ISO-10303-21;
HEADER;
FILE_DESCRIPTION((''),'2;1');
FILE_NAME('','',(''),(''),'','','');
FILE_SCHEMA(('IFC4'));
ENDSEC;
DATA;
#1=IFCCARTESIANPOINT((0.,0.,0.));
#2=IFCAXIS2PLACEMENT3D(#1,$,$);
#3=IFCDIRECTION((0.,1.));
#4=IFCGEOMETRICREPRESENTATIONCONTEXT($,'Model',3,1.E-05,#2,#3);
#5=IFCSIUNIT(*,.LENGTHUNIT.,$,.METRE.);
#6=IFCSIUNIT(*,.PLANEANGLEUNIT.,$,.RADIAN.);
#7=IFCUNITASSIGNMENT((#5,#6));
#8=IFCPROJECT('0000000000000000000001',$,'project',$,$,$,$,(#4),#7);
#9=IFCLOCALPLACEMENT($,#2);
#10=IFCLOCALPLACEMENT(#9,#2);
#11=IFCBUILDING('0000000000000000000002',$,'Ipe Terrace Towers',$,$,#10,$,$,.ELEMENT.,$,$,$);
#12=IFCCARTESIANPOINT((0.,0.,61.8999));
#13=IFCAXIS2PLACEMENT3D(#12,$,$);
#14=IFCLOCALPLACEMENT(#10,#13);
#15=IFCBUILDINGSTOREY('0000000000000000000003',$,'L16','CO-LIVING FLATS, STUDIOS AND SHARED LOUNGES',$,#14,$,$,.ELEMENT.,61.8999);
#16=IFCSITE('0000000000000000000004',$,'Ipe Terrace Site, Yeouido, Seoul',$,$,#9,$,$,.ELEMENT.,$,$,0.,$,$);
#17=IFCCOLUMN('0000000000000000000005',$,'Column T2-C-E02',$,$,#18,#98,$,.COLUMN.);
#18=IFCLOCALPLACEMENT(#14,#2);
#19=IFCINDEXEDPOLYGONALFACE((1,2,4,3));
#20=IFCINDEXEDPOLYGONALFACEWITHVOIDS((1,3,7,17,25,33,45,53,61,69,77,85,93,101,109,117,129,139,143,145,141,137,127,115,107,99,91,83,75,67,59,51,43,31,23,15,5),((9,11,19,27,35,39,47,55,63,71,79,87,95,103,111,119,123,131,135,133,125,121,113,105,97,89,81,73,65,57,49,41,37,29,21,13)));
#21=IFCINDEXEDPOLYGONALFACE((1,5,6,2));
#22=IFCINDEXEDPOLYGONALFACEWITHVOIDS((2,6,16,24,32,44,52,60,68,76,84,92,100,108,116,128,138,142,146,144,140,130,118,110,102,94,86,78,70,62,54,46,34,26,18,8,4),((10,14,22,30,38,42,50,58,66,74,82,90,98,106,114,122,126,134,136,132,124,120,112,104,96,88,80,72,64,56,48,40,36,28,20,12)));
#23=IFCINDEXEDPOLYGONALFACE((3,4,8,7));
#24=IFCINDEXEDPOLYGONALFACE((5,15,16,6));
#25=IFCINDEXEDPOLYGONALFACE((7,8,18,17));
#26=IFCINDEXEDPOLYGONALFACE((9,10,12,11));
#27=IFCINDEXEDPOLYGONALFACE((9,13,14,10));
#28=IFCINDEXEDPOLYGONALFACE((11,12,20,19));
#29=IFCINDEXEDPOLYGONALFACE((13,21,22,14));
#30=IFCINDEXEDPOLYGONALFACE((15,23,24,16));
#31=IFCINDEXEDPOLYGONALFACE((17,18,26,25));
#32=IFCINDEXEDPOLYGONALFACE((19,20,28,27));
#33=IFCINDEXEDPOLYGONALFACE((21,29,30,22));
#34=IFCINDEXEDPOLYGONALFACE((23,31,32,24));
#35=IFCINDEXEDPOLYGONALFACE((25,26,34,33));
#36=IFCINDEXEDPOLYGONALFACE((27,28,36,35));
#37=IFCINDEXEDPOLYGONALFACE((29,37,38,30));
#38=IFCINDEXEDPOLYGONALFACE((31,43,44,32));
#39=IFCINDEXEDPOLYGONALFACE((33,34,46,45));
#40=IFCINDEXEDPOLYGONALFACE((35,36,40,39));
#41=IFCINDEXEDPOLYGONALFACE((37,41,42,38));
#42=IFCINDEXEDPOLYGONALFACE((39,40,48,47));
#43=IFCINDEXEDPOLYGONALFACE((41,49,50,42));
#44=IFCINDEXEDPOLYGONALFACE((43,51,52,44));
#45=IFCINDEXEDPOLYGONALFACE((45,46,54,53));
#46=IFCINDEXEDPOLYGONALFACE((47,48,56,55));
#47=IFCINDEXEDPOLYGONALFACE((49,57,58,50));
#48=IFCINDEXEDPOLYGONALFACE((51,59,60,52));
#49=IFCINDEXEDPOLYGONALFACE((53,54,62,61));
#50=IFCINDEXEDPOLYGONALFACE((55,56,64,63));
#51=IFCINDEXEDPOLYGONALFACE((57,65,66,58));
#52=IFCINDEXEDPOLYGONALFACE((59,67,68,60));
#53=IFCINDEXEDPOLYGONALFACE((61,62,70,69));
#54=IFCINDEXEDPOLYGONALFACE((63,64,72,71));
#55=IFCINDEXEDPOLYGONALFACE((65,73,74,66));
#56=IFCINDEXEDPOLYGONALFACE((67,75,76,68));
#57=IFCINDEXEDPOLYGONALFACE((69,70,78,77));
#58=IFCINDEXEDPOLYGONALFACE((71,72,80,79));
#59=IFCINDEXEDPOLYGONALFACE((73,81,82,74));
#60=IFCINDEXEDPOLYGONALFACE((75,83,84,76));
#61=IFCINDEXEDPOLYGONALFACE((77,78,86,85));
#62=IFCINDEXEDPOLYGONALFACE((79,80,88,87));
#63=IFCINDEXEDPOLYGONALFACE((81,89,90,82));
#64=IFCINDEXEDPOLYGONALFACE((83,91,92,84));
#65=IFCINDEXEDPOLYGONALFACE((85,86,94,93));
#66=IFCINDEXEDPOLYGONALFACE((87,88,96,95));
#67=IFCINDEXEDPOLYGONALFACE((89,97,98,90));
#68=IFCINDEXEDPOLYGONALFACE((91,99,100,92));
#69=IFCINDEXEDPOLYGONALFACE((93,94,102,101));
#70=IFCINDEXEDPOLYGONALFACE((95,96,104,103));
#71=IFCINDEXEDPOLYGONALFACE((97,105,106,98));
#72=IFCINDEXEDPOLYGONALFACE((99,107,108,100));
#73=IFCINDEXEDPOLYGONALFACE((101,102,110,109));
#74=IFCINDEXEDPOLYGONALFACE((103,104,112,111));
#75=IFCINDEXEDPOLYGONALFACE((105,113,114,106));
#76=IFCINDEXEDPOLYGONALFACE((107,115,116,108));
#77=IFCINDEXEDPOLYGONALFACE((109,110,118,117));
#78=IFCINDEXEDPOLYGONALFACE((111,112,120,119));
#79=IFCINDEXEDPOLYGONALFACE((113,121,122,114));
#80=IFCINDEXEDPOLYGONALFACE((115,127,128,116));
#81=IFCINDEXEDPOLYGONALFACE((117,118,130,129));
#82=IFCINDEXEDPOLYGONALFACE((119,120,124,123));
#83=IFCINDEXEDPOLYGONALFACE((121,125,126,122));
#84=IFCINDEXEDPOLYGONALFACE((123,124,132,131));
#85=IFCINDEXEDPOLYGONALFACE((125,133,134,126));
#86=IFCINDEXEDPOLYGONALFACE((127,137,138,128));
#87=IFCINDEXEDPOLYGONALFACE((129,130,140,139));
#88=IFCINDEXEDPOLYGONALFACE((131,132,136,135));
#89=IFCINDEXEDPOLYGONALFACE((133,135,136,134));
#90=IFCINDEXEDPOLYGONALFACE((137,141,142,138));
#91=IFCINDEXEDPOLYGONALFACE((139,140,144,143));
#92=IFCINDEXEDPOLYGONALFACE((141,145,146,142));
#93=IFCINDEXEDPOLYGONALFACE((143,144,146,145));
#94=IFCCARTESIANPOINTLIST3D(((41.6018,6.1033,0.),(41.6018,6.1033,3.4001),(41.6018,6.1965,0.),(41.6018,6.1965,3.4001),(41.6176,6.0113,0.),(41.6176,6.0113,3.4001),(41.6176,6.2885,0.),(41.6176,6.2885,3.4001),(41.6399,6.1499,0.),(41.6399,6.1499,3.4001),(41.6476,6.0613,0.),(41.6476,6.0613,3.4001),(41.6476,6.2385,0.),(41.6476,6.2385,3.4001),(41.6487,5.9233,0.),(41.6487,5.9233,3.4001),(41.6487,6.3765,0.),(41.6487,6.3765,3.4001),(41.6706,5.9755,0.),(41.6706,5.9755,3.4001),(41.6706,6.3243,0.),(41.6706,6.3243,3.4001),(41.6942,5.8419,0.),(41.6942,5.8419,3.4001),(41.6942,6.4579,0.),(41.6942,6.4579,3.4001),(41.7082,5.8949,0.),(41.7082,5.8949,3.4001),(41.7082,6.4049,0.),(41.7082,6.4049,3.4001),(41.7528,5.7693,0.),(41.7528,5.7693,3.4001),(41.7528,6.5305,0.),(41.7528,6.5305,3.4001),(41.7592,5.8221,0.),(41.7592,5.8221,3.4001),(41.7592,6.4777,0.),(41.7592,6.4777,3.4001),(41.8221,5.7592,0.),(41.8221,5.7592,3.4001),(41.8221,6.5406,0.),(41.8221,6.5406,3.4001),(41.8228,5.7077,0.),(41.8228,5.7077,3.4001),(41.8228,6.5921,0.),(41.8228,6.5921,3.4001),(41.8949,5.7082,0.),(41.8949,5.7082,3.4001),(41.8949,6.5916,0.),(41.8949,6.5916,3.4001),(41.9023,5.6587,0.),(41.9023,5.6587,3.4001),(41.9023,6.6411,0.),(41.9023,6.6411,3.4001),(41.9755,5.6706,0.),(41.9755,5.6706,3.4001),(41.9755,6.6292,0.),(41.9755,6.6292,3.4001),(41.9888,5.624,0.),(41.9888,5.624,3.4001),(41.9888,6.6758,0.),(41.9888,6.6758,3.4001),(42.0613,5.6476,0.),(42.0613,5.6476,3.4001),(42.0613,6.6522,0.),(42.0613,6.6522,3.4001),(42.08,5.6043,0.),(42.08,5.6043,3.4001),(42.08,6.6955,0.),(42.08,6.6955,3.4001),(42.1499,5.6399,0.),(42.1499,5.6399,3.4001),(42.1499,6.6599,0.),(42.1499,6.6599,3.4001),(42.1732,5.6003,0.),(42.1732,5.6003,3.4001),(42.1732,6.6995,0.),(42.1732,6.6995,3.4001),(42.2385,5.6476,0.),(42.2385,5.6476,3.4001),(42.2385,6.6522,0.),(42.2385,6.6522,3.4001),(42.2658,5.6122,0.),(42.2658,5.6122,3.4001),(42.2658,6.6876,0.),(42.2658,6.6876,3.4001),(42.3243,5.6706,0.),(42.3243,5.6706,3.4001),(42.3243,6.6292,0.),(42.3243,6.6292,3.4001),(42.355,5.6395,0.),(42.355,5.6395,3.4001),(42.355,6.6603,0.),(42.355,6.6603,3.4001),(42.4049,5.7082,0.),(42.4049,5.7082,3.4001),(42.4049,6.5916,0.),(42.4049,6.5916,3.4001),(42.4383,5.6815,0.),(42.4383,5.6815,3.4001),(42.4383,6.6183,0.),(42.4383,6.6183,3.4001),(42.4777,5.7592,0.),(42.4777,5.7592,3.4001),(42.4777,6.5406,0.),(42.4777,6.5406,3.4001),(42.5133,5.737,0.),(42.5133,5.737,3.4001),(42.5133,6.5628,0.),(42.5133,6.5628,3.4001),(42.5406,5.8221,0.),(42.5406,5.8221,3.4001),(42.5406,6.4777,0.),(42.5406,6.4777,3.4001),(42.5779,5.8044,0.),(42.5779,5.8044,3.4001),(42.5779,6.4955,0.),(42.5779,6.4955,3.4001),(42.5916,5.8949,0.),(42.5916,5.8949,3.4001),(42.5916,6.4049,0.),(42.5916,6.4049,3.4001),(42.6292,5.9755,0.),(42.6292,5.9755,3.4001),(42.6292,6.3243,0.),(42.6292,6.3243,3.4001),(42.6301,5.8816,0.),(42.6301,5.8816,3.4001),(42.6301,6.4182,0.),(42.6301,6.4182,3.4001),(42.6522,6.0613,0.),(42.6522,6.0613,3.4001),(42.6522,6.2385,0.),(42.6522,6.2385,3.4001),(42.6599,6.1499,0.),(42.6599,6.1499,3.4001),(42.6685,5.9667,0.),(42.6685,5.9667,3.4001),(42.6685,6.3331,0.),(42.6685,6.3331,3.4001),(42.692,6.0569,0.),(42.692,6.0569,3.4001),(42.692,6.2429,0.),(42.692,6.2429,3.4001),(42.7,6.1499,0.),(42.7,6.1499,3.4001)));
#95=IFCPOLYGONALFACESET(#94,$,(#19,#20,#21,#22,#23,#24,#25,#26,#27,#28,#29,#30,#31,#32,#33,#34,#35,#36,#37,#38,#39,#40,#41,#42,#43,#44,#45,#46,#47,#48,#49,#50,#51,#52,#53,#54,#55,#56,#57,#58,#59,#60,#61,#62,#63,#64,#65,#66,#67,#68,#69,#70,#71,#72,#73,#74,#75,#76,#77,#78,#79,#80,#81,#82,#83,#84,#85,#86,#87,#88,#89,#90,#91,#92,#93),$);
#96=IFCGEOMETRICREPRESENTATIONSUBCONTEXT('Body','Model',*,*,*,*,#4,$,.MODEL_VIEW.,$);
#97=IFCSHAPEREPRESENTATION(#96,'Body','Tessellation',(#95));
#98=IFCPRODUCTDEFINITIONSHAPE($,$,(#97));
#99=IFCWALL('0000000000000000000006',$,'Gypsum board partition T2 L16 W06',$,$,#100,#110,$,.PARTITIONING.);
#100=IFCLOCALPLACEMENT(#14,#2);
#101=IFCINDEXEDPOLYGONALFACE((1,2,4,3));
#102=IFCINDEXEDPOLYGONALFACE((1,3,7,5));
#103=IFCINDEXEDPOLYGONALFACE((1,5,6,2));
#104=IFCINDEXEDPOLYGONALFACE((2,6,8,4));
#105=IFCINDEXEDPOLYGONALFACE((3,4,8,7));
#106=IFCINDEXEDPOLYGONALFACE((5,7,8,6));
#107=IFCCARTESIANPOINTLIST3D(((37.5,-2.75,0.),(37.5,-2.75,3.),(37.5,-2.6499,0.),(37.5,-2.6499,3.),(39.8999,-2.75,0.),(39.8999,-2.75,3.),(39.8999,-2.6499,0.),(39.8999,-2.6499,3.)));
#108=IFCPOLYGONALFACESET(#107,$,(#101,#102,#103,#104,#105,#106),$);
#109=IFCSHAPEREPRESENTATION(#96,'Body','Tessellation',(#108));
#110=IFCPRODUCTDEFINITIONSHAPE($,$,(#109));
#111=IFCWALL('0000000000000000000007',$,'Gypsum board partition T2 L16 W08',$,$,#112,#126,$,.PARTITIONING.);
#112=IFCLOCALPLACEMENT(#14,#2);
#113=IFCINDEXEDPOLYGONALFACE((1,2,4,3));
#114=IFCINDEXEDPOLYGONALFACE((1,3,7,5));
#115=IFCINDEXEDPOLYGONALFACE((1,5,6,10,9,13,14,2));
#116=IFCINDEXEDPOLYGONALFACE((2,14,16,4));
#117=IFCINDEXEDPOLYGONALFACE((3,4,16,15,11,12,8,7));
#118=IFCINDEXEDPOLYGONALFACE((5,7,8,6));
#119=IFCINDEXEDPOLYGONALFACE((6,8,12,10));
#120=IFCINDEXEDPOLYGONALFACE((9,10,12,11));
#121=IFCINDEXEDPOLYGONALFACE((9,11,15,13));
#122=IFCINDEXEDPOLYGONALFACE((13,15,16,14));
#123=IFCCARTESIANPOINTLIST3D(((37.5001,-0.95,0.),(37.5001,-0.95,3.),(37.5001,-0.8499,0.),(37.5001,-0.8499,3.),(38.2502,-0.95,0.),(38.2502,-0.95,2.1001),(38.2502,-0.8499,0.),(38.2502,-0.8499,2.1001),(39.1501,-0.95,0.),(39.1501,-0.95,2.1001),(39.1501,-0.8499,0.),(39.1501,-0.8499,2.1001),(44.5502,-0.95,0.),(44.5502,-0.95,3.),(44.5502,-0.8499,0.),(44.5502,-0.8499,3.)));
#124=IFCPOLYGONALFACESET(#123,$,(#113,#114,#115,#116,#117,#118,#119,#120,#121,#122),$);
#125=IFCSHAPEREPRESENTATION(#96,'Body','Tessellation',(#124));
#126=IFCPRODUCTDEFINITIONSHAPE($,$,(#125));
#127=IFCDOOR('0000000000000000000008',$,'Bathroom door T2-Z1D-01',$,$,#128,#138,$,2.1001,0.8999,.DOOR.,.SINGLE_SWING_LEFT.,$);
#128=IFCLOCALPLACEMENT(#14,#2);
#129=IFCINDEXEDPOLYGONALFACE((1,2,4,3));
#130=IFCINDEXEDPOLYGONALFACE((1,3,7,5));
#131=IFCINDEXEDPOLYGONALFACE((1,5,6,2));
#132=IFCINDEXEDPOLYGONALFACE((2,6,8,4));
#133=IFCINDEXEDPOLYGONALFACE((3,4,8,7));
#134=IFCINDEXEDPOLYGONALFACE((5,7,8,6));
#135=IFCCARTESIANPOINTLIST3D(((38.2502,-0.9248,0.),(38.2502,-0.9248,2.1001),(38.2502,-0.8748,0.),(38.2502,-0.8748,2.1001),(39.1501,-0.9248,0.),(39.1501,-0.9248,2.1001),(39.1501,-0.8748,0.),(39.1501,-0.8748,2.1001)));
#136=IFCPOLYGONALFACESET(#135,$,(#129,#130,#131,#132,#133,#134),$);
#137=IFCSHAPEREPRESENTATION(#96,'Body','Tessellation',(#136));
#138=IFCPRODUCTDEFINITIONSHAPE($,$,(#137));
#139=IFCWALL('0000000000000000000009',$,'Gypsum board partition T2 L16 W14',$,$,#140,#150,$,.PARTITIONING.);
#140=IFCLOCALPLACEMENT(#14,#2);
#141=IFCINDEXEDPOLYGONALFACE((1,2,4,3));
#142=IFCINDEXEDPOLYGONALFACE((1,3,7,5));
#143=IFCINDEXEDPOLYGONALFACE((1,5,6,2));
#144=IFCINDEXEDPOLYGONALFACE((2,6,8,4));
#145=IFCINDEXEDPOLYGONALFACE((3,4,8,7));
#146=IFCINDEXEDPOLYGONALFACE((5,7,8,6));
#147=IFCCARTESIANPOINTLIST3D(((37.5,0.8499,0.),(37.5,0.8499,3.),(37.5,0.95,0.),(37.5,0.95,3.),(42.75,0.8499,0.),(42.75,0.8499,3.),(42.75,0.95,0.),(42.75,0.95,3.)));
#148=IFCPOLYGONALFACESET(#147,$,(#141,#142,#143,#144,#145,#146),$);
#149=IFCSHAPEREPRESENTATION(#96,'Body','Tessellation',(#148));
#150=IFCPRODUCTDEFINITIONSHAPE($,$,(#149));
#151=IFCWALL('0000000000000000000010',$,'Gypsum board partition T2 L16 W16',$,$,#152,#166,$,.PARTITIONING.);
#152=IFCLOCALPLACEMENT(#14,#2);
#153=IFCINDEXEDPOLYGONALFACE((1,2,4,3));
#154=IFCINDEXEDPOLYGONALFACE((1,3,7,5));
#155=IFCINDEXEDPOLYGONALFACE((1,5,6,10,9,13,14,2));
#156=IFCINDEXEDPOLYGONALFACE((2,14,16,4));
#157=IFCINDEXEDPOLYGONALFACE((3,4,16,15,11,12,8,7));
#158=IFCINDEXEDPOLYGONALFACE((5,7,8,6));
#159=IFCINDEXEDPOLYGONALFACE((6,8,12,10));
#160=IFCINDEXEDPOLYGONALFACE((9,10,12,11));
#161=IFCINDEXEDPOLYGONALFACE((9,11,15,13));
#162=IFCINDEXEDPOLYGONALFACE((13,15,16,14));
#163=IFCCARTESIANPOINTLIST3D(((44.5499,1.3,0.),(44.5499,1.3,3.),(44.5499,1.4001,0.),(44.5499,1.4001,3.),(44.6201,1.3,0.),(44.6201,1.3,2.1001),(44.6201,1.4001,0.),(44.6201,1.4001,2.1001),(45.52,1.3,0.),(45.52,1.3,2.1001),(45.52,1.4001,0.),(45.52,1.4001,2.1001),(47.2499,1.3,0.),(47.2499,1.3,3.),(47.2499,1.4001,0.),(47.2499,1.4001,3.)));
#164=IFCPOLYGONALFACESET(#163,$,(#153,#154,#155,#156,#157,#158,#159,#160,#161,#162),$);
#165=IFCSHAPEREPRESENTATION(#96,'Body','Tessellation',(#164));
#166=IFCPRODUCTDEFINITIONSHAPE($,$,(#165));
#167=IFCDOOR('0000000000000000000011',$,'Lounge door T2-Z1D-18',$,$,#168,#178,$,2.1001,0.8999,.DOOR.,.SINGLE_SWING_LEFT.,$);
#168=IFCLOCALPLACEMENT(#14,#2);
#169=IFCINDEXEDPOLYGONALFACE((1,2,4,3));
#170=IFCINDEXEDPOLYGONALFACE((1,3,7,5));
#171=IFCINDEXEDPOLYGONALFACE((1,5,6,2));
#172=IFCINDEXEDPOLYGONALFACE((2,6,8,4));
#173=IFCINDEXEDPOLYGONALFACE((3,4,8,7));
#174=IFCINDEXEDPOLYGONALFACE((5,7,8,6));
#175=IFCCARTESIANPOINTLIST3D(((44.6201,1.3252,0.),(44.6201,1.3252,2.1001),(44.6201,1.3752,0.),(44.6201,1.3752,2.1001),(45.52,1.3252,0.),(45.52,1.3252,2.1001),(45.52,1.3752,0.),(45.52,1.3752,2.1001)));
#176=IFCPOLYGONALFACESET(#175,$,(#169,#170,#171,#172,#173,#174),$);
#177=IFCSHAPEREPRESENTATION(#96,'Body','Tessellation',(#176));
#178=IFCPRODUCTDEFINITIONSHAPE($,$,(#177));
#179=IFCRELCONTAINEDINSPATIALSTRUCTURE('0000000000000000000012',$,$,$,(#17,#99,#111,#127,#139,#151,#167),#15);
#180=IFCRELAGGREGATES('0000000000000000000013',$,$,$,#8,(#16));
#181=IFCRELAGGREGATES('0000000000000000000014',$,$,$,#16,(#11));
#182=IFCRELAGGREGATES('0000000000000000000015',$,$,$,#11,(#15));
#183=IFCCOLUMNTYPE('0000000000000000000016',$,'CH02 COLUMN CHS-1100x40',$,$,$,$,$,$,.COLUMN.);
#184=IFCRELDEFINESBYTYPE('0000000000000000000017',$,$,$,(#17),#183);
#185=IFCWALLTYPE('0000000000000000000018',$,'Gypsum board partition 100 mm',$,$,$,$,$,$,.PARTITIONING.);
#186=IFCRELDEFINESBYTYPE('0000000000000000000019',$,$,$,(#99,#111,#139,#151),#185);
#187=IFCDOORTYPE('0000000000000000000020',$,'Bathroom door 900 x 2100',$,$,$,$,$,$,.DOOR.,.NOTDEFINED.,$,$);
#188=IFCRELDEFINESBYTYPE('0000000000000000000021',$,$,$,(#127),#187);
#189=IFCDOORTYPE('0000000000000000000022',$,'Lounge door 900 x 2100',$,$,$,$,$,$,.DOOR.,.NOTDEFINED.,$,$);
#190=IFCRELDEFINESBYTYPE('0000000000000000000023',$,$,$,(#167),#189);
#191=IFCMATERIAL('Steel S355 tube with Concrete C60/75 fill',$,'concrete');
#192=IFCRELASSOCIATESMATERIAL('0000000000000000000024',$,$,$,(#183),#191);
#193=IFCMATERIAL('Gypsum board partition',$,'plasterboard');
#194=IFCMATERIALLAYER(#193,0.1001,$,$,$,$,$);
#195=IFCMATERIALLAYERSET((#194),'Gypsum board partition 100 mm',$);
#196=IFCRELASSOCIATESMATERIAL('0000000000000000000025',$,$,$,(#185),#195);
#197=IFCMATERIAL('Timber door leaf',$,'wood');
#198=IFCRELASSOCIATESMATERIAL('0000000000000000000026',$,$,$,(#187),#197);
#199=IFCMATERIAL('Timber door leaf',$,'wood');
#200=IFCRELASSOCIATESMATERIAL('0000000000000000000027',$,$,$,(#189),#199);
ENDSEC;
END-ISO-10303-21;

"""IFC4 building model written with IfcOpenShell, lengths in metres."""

from ifc_helpers import new_model, si_unit, direction, frame, frame_2d, origin, origin_2d, place, context, subcontext, project, spatial, rectangle, hollow_circle, extrude, material, layer, layer_set, material_profile, profile_set, type_object, element, fill, save


model = new_model("IFC4")

# Units and contexts
model_context = context("Model", 3, precision=1e-05, world=origin(), true_north=direction((0.0, 1.0)))
body_context = subcontext(model_context, "Body", "Model", "MODEL_VIEW")
ifc_project = project(units=[si_unit("LENGTHUNIT", "METRE"), si_unit("PLANEANGLEUNIT", "RADIAN")], contexts=[model_context])

# Site, building, storey
site_placement = place(None, origin())
site = spatial("IfcSite", under=ifc_project, at=site_placement, Name="Ipe Terrace Site, Yeouido, Seoul", CompositionType="ELEMENT", RefElevation=0.0)
building_placement = place(site_placement, origin())
building = spatial("IfcBuilding", under=site, at=building_placement, Name="Ipe Terrace Towers", CompositionType="ELEMENT")
storey_placement = place(building_placement, frame((0.0, 0.0, 61.8999)))
storey = spatial("IfcBuildingStorey", under=building, at=storey_placement, Name="L16", Description="CO-LIVING FLATS, STUDIOS AND SHARED LOUNGES", CompositionType="ELEMENT", Elevation=61.8999)

# Column
ifc_material_1 = material(Name="Steel S355 tube with Concrete C60/75 fill", Category="concrete")
ifc_material_profile = material_profile(ifc_material_1, hollow_circle(Radius=0.55, WallThickness=0.04, at=origin_2d()), Name="CHS-1100x40")
ifc_profile_set = profile_set([ifc_material_profile], Name="Steel S355 tube with Concrete C60/75 fill")
column_type = type_object("IfcColumnType", Name="CH02 COLUMN CHS-1100x40", PredefinedType="COLUMN", material=ifc_profile_set)
column_placement = place(storey_placement, frame((42.1499, 6.1499, 0.0), z_axis=(0.0, 0.0, 1.0), x_axis=(1.0, 0.0, 0.0)))
element("IfcColumn", 1, at=column_placement, inside=storey, type_object=column_type, Name="Column T2-C-E02", PredefinedType="COLUMN", context=body_context, shape_type="SweptSolid", body=[
    extrude(hollow_circle(Radius=0.55, WallThickness=0.04, at=origin_2d()), origin(), (0.0, 0.0, 1.0), 3.4001),
])

# Wall
ifc_material_2 = material(Name="Gypsum board partition", Category="plasterboard")
ifc_layer = layer(ifc_material_2, 0.1001)
ifc_layer_set = layer_set([ifc_layer], Name="Gypsum board partition 100 mm")
wall_type = type_object("IfcWallType", Name="Gypsum board partition 100 mm", PredefinedType="PARTITIONING", material=ifc_layer_set)
wall_1_placement = place(storey_placement, frame((39.8999, -2.7, 0.0), z_axis=(0.0, 0.0, 1.0), x_axis=(-1.0, 0.0, 0.0)))
element("IfcWall", 2, at=wall_1_placement, inside=storey, type_object=wall_type, Name="Gypsum board partition T2 L16 W06", PredefinedType="PARTITIONING", context=body_context, shape_type="SweptSolid", body=[
    extrude(rectangle(XDim=2.3999, YDim=0.1001, at=frame_2d((1.2, 0.0))), origin(), (0.0, 0.0, 1.0), 3.0),
])

# Wall, opening, door
wall_2_placement = place(storey_placement, frame((44.55, -0.8999, 0.0), z_axis=(0.0, 0.0, 1.0), x_axis=(-1.0, 0.0, 0.0)))
wall_2 = element("IfcWall", 3, at=wall_2_placement, inside=storey, type_object=wall_type, Name="Gypsum board partition T2 L16 W08", PredefinedType="PARTITIONING", context=body_context, shape_type="SweptSolid", body=[
    extrude(rectangle(XDim=7.05, YDim=0.1001, at=frame_2d((3.5249, 0.0))), origin(), (0.0, 0.0, 1.0), 3.0),
])
opening_1_placement = place(wall_2_placement, frame((5.3999, 0.0, 0.0)))
opening_1 = element("IfcOpeningElement", 4, at=opening_1_placement, cuts=wall_2, PredefinedType="OPENING", context=body_context, shape_type="SweptSolid", body=[
    extrude(rectangle(XDim=0.8999, YDim=2.1001, at=frame_2d((0.45, 1.05))), frame((0.0, 0.0601, 0.0), z_axis=(0.0, -1.0, 0.0), x_axis=(1.0, 0.0, 0.0)), (0.0, 0.0, 1.0), 0.1201),
])
ifc_material_3 = material(Name="Timber door leaf", Category="wood")
door_type_1 = type_object("IfcDoorType", Name="Bathroom door 900 x 2100", OperationType="NOTDEFINED", PredefinedType="DOOR", material=ifc_material_3)
door_1_placement = place(opening_1_placement, origin())
door_1 = element("IfcDoor", 5, at=door_1_placement, inside=storey, type_object=door_type_1, Name="Bathroom door T2-Z1D-01", OperationType="SINGLE_SWING_LEFT", OverallHeight=2.1001, OverallWidth=0.8999, PredefinedType="DOOR", context=body_context, shape_type="SweptSolid", body=[
    extrude(rectangle(XDim=0.8999, YDim=2.1001, at=frame_2d((0.45, 1.05))), frame((0.0, 0.0249, 0.0), z_axis=(0.0, -1.0, 0.0), x_axis=(1.0, 0.0, 0.0)), (0.0, 0.0, 1.0), 0.05),
])
fill(opening_1, door_1)

# Wall
wall_3_placement = place(storey_placement, frame((42.75, 0.8999, 0.0), z_axis=(0.0, 0.0, 1.0), x_axis=(-1.0, 0.0, 0.0)))
element("IfcWall", 6, at=wall_3_placement, inside=storey, type_object=wall_type, Name="Gypsum board partition T2 L16 W14", PredefinedType="PARTITIONING", context=body_context, shape_type="SweptSolid", body=[
    extrude(rectangle(XDim=5.25, YDim=0.1001, at=frame_2d((2.625, 0.0))), origin(), (0.0, 0.0, 1.0), 3.0),
])

# Wall, opening, door
wall_4_placement = place(storey_placement, frame((47.25, 1.3501, 0.0), z_axis=(0.0, 0.0, 1.0), x_axis=(-1.0, 0.0, 0.0)))
wall_4 = element("IfcWall", 7, at=wall_4_placement, inside=storey, type_object=wall_type, Name="Gypsum board partition T2 L16 W16", PredefinedType="PARTITIONING", context=body_context, shape_type="SweptSolid", body=[
    extrude(rectangle(XDim=2.7, YDim=0.1001, at=frame_2d((1.3501, 0.0))), origin(), (0.0, 0.0, 1.0), 3.0),
])
opening_2_placement = place(wall_4_placement, frame((1.73, 0.0, 0.0)))
opening_2 = element("IfcOpeningElement", 8, at=opening_2_placement, cuts=wall_4, PredefinedType="OPENING", context=body_context, shape_type="SweptSolid", body=[
    extrude(rectangle(XDim=0.8999, YDim=2.1001, at=frame_2d((0.45, 1.05))), frame((0.0, 0.0601, 0.0), z_axis=(0.0, -1.0, 0.0), x_axis=(1.0, 0.0, 0.0)), (0.0, 0.0, 1.0), 0.1201),
])
ifc_material_4 = material(Name="Timber door leaf", Category="wood")
door_type_2 = type_object("IfcDoorType", Name="Lounge door 900 x 2100", OperationType="NOTDEFINED", PredefinedType="DOOR", material=ifc_material_4)
door_2_placement = place(opening_2_placement, origin())
door_2 = element("IfcDoor", 9, at=door_2_placement, inside=storey, type_object=door_type_2, Name="Lounge door T2-Z1D-18", OperationType="SINGLE_SWING_LEFT", OverallHeight=2.1001, OverallWidth=0.8999, PredefinedType="DOOR", context=body_context, shape_type="SweptSolid", body=[
    extrude(rectangle(XDim=0.8999, YDim=2.1001, at=frame_2d((0.45, 1.05))), frame((0.0, 0.0249, 0.0), z_axis=(0.0, -1.0, 0.0), x_axis=(1.0, 0.0, 0.0)), (0.0, 0.0, 1.0), 0.05),
])
fill(opening_2, door_2)

save(model, "model.ifc")
